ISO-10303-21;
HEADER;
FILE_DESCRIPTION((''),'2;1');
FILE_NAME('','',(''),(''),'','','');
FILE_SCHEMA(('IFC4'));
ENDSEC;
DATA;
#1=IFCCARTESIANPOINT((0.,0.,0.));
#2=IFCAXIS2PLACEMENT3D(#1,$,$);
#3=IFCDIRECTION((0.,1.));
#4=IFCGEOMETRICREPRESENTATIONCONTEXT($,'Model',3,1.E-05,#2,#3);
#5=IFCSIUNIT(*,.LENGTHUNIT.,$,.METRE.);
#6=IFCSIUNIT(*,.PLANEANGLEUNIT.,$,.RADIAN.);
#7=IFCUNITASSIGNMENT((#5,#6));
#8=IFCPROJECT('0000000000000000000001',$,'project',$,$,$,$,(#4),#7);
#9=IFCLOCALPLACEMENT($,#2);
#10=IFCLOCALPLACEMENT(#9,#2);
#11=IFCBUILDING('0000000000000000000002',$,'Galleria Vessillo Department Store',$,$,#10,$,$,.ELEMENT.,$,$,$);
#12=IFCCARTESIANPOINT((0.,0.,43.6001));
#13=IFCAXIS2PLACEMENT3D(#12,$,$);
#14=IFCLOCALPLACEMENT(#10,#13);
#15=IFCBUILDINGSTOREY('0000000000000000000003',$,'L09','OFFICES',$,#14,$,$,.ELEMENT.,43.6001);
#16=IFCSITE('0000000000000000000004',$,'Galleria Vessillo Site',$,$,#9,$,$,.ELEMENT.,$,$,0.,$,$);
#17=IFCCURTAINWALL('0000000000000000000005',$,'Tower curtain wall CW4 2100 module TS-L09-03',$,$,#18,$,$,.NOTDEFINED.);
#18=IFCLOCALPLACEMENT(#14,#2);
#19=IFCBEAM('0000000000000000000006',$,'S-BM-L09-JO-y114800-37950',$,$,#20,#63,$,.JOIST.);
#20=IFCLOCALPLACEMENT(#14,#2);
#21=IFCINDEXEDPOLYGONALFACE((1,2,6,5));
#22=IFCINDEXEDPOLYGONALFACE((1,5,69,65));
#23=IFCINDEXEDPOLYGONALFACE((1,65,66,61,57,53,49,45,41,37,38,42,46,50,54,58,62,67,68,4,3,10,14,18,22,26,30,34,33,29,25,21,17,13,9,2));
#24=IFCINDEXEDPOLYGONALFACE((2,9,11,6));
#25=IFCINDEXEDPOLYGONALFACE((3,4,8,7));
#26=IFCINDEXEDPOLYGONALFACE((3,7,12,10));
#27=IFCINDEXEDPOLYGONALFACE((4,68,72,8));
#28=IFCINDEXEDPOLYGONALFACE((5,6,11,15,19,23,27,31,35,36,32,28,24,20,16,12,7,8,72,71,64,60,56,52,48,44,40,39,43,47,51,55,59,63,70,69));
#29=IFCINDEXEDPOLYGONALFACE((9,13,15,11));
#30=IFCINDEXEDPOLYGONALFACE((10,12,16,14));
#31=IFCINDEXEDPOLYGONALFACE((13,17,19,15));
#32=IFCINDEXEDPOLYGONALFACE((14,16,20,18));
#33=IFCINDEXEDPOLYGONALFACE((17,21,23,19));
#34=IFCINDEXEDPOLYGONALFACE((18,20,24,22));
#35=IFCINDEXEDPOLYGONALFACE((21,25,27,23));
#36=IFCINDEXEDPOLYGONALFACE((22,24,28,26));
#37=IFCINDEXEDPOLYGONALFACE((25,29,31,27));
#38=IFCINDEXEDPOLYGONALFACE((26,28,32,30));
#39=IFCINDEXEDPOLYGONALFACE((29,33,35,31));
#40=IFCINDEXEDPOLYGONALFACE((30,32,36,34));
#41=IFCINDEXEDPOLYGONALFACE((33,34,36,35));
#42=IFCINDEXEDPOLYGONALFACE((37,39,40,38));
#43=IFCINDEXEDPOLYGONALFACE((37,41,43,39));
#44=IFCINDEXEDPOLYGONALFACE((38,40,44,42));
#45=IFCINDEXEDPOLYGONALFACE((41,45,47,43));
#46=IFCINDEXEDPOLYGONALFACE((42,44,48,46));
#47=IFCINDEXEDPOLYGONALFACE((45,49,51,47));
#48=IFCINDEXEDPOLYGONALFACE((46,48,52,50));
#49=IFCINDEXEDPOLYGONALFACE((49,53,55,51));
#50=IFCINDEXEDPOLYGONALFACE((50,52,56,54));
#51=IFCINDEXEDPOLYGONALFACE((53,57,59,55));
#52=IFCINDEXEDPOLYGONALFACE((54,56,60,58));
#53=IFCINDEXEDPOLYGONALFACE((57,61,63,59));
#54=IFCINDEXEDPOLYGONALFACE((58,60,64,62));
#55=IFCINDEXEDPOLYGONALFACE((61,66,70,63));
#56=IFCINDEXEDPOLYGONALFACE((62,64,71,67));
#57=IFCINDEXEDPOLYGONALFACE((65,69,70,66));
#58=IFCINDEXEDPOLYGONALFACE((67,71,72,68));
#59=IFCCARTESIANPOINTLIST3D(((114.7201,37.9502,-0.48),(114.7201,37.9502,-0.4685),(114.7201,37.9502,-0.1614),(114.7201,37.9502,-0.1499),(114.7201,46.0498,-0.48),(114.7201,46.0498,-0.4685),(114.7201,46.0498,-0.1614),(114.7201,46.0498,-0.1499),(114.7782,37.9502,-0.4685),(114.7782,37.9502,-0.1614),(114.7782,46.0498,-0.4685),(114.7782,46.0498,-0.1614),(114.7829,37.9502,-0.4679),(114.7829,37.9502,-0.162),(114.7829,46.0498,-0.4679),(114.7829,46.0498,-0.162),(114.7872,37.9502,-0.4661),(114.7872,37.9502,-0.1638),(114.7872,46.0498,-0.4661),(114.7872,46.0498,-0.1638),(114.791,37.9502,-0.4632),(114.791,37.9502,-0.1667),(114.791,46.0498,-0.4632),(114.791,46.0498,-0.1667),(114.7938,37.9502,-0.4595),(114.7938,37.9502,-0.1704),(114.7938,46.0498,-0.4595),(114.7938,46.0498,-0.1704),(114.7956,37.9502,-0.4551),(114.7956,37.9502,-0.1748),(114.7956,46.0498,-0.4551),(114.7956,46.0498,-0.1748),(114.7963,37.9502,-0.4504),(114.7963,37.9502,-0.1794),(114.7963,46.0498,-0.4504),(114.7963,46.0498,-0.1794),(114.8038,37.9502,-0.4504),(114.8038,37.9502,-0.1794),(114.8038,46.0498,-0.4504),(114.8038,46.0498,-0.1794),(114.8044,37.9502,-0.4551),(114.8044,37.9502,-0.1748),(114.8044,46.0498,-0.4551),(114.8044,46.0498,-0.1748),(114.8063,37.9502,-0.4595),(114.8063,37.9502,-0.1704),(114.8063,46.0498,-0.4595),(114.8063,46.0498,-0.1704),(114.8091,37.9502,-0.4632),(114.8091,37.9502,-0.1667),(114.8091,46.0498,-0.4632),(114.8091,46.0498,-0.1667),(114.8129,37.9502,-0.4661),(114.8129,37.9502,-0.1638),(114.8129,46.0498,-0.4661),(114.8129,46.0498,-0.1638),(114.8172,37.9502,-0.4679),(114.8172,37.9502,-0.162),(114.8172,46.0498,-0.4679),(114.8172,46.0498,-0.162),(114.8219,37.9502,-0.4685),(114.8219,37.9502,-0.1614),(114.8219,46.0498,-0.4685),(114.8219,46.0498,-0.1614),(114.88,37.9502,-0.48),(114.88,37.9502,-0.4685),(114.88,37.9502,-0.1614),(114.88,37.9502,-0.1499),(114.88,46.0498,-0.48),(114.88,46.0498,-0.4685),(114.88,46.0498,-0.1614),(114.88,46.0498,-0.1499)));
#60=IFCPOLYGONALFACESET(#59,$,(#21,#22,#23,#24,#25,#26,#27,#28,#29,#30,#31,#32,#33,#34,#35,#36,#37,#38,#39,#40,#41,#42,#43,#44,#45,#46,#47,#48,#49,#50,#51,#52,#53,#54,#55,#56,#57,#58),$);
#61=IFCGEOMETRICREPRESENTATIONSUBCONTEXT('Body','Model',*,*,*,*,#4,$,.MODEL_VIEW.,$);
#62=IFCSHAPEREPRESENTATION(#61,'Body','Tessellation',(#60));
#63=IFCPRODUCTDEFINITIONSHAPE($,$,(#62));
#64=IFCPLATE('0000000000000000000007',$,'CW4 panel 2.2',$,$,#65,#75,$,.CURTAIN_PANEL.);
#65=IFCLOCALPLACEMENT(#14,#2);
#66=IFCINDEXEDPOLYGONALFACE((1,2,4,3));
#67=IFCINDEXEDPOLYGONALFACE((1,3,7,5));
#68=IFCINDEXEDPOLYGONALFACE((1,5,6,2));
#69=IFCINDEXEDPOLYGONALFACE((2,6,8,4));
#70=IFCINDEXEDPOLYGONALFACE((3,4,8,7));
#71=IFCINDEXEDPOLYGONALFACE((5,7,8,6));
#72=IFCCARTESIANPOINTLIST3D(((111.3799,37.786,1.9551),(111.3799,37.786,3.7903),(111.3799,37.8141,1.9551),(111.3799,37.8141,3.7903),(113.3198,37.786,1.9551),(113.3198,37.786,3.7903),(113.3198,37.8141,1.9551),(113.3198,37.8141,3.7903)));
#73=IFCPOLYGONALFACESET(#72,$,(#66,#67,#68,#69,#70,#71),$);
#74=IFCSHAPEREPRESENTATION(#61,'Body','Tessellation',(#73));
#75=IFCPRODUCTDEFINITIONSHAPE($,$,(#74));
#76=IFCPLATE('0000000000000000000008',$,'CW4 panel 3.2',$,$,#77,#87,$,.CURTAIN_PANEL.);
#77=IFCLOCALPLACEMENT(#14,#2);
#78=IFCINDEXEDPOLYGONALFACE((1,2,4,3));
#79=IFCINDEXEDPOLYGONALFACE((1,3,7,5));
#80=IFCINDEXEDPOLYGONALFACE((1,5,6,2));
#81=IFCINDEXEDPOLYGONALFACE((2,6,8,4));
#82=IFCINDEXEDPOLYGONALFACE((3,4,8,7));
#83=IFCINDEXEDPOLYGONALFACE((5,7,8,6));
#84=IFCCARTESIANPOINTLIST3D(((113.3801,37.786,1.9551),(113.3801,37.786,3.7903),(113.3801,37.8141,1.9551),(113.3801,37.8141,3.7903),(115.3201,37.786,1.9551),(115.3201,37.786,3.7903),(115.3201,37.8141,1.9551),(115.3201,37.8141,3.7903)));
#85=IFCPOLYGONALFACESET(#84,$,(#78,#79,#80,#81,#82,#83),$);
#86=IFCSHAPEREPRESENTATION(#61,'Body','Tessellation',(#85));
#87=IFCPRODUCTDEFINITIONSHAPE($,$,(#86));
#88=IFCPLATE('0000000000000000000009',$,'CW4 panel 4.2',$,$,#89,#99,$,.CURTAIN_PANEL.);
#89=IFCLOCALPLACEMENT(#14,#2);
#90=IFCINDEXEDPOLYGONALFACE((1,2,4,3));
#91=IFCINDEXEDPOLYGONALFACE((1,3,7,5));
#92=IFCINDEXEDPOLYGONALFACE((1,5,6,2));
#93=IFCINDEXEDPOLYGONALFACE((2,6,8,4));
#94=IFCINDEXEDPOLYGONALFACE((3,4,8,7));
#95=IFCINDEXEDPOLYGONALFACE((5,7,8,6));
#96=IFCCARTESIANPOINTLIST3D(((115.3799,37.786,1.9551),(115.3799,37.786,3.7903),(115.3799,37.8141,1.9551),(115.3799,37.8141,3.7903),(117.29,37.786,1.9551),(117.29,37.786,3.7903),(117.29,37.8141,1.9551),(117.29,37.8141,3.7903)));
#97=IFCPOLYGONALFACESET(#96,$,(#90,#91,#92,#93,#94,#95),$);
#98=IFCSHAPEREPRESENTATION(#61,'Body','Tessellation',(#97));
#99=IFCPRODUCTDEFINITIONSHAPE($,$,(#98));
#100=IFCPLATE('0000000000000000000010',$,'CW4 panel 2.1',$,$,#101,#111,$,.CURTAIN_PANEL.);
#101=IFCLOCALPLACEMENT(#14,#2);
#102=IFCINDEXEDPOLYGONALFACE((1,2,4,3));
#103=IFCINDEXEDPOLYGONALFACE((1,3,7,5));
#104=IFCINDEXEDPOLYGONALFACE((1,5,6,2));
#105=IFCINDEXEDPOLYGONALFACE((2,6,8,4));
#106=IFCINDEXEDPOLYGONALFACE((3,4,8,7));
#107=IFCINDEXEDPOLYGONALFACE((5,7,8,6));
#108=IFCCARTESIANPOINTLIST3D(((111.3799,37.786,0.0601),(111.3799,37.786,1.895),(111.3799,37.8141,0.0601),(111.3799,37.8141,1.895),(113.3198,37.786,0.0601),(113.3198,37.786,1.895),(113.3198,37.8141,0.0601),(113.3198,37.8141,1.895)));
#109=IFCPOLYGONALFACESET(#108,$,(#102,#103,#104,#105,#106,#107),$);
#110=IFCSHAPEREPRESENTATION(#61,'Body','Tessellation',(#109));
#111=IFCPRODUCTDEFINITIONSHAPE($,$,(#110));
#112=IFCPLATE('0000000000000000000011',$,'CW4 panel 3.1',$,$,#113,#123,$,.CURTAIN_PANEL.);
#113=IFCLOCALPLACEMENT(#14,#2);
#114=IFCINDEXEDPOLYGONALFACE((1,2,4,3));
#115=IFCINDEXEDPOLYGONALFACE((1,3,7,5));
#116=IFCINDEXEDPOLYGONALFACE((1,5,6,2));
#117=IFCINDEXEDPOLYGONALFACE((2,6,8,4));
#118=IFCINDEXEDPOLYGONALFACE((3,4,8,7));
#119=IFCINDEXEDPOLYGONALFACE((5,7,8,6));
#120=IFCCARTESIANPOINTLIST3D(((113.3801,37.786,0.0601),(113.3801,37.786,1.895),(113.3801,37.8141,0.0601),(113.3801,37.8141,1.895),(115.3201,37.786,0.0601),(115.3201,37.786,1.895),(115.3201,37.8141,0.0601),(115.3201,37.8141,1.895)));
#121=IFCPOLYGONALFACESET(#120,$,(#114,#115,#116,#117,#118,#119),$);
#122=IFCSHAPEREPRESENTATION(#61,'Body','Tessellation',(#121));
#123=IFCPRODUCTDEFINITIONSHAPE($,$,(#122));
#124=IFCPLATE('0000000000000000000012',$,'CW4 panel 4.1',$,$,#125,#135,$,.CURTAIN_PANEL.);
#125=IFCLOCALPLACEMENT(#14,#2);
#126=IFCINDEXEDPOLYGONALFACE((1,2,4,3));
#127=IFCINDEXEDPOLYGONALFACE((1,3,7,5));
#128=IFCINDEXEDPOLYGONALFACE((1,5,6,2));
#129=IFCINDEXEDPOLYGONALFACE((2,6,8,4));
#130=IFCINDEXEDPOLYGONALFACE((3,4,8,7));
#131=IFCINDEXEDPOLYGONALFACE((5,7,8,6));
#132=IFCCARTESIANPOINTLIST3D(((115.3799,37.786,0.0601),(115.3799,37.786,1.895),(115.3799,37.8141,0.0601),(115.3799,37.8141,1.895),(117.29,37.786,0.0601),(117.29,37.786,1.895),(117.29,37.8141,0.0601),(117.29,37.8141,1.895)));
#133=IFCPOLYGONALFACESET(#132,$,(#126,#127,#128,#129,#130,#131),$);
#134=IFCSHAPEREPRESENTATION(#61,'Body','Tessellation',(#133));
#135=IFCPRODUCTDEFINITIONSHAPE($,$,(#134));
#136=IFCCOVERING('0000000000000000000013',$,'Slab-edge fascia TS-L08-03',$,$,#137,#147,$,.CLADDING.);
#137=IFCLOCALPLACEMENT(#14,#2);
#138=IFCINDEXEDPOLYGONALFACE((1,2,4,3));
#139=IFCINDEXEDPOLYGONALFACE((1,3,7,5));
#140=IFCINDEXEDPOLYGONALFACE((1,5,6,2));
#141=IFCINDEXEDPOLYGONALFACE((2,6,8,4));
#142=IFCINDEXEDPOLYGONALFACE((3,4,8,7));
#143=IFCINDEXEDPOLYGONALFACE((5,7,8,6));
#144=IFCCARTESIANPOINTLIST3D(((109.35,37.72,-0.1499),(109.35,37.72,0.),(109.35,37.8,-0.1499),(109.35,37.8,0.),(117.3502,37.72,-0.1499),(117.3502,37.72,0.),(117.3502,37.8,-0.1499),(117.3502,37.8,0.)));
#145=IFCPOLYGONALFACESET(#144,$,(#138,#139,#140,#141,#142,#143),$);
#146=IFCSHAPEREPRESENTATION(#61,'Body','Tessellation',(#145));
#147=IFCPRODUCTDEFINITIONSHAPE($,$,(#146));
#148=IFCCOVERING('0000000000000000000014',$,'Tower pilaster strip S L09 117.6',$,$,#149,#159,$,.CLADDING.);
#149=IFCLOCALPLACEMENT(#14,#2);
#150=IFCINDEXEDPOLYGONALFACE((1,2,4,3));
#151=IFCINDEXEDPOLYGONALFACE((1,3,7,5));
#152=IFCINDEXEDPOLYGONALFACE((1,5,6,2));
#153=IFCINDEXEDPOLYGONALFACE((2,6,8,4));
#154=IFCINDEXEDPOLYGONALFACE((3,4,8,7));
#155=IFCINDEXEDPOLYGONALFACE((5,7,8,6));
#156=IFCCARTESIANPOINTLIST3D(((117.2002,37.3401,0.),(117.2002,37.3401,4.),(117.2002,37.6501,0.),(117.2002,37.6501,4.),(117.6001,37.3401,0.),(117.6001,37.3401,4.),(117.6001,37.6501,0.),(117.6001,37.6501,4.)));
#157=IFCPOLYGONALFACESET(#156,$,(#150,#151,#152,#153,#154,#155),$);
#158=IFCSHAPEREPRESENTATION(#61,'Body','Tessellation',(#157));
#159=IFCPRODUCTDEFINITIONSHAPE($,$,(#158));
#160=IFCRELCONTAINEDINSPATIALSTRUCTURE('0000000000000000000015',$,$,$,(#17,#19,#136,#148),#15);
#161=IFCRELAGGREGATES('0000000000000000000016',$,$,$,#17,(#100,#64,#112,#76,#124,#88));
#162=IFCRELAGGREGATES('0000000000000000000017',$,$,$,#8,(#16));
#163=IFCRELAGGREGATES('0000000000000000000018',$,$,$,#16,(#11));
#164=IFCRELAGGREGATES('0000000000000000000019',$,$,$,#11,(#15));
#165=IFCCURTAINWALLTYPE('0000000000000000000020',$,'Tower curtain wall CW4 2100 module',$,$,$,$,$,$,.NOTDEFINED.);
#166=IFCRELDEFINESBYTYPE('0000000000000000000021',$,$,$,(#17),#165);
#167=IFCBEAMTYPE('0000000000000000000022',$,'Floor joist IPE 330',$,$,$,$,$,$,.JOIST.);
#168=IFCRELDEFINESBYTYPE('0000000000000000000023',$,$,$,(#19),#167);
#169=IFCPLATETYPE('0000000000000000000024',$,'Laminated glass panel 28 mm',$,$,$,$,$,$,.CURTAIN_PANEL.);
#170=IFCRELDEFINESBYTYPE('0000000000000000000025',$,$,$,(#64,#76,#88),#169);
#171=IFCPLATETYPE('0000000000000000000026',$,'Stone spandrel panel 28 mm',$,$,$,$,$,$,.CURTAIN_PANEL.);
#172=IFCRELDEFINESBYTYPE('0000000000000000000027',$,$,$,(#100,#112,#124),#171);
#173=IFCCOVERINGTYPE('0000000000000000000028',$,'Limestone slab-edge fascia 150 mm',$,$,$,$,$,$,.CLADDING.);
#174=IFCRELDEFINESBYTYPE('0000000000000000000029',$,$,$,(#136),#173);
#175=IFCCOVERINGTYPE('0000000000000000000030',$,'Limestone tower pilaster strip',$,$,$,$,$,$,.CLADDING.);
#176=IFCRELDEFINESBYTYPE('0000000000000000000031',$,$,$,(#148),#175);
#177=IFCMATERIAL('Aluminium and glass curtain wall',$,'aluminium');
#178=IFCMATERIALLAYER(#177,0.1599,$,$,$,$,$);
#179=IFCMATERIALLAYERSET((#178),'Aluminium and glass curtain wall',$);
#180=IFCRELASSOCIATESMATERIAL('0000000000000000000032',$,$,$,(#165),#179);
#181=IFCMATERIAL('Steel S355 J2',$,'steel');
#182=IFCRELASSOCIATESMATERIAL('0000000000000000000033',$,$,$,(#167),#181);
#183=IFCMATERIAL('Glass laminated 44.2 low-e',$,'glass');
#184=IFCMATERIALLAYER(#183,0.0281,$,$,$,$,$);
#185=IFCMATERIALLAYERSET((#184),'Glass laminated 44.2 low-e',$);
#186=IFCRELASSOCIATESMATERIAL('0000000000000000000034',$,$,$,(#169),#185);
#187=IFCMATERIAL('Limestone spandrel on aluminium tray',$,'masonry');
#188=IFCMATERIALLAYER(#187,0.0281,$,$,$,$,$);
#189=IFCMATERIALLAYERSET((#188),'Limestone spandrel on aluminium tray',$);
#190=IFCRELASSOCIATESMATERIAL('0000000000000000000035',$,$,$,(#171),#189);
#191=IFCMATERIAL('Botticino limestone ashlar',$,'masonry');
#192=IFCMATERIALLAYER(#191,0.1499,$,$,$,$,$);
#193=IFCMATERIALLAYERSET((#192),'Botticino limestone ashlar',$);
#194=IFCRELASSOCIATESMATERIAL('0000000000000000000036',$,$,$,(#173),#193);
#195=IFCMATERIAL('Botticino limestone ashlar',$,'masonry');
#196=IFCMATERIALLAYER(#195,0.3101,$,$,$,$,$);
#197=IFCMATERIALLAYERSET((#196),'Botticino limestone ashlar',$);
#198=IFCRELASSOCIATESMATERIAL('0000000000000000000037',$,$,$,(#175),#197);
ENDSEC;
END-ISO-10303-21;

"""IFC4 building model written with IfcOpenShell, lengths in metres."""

from ifc_helpers import new_model, si_unit, direction, frame, origin, origin_2d, place, context, subcontext, project, spatial, rectangle, i_section, extrude, material, layer, layer_set, material_profile, profile_set, type_object, element, aggregate, save


model = new_model("IFC4")

# Units and contexts
model_context = context("Model", 3, precision=1e-05, world=origin(), true_north=direction((0.0, 1.0)))
body_context = subcontext(model_context, "Body", "Model", "MODEL_VIEW")
ifc_project = project(units=[si_unit("LENGTHUNIT", "METRE"), si_unit("PLANEANGLEUNIT", "RADIAN")], contexts=[model_context])

# Site, building, storey
site_placement = place(None, origin())
site = spatial("IfcSite", under=ifc_project, at=site_placement, Name="Galleria Vessillo Site", CompositionType="ELEMENT", RefElevation=0.0)
building_placement = place(site_placement, origin())
building = spatial("IfcBuilding", under=site, at=building_placement, Name="Galleria Vessillo Department Store", CompositionType="ELEMENT")
storey_placement = place(building_placement, frame((0.0, 0.0, 43.6001)))
storey = spatial("IfcBuildingStorey", under=building, at=storey_placement, Name="L09", Description="OFFICES", CompositionType="ELEMENT", Elevation=43.6001)

# Curtain wall
ifc_material_1 = material(Name="Aluminium and glass curtain wall", Category="aluminium")
ifc_layer_1 = layer(ifc_material_1, 0.1599)
ifc_layer_set_1 = layer_set([ifc_layer_1], Name="Aluminium and glass curtain wall")
curtain_wall_type = type_object("IfcCurtainWallType", Name="Tower curtain wall CW4 2100 module", PredefinedType="NOTDEFINED", material=ifc_layer_set_1)
curtain_wall_placement = place(storey_placement, origin())
curtain_wall = element("IfcCurtainWall", 1, at=curtain_wall_placement, inside=storey, type_object=curtain_wall_type, Name="Tower curtain wall CW4 2100 module TS-L09-03", PredefinedType="NOTDEFINED")

# Beam
ifc_material_2 = material(Name="Steel S355 J2", Category="steel")
ifc_material_profile_1 = material_profile(ifc_material_2, i_section(OverallWidth=0.1599, OverallDepth=0.3301, WebThickness=0.0076, FlangeThickness=0.0115, FilletRadius=0.0181, at=origin_2d()), Name="IPE 330")
ifc_profile_set_1 = profile_set([ifc_material_profile_1], Name="Steel S355 J2")
beam_type = type_object("IfcBeamType", Name="Floor joist IPE 330", PredefinedType="JOIST", material=ifc_profile_set_1)
for number, where, z_axis, x_axis, name in (
    (2, (114.8, 37.9502, -0.3149), (0.0, 1.0, 0.0), (-1.0, 0.0, 0.0), "S-BM-L09-JO-y114800-37950"),
):
    element("IfcBeam", number, at=place(storey_placement, frame(where, z_axis=z_axis, x_axis=x_axis)), inside=storey, type_object=beam_type, Name=name, PredefinedType="JOIST", context=body_context, shape_type="SweptSolid", body=[
        extrude(i_section(OverallWidth=0.1599, OverallDepth=0.3301, WebThickness=0.0076, FlangeThickness=0.0115, FilletRadius=0.0181, at=origin_2d()), origin(), (0.0, 0.0, 1.0), 8.0996),
    ])

# Plates
ifc_material_3 = material(Name="Glass laminated 44.2 low-e", Category="glass")
ifc_layer_2 = layer(ifc_material_3, 0.0281)
ifc_layer_set_2 = layer_set([ifc_layer_2], Name="Glass laminated 44.2 low-e")
plate_type_1 = type_object("IfcPlateType", Name="Laminated glass panel 28 mm", PredefinedType="CURTAIN_PANEL", material=ifc_layer_set_2)
plate_1_placement = place(storey_placement, frame((112.3499, 37.8, 1.9551), z_axis=(0.0, 0.0, 1.0), x_axis=(1.0, 0.0, 0.0)))
plate_1 = element("IfcPlate", 3, at=plate_1_placement, type_object=plate_type_1, Name="CW4 panel 2.2", PredefinedType="CURTAIN_PANEL", context=body_context, shape_type="SweptSolid", body=[
    extrude(rectangle(XDim=1.9399, YDim=0.0281, at=origin_2d()), origin(), (0.0, 0.0, 1.0), 1.8352),
])
plate_2_placement = place(storey_placement, frame((114.3501, 37.8, 1.9551), z_axis=(0.0, 0.0, 1.0), x_axis=(1.0, 0.0, 0.0)))
plate_2 = element("IfcPlate", 4, at=plate_2_placement, type_object=plate_type_1, Name="CW4 panel 3.2", PredefinedType="CURTAIN_PANEL", context=body_context, shape_type="SweptSolid", body=[
    extrude(rectangle(XDim=1.9399, YDim=0.0281, at=origin_2d()), origin(), (0.0, 0.0, 1.0), 1.8352),
])
plate_3_placement = place(storey_placement, frame((116.335, 37.8, 1.9551), z_axis=(0.0, 0.0, 1.0), x_axis=(1.0, 0.0, 0.0)))
plate_3 = element("IfcPlate", 5, at=plate_3_placement, type_object=plate_type_1, Name="CW4 panel 4.2", PredefinedType="CURTAIN_PANEL", context=body_context, shape_type="SweptSolid", body=[
    extrude(rectangle(XDim=1.9102, YDim=0.0281, at=origin_2d()), origin(), (0.0, 0.0, 1.0), 1.8352),
])
ifc_material_4 = material(Name="Limestone spandrel on aluminium tray", Category="masonry")
ifc_layer_3 = layer(ifc_material_4, 0.0281)
ifc_layer_set_3 = layer_set([ifc_layer_3], Name="Limestone spandrel on aluminium tray")
plate_type_2 = type_object("IfcPlateType", Name="Stone spandrel panel 28 mm", PredefinedType="CURTAIN_PANEL", material=ifc_layer_set_3)
plate_4_placement = place(storey_placement, frame((112.3499, 37.8, 0.0601), z_axis=(0.0, 0.0, 1.0), x_axis=(1.0, 0.0, 0.0)))
plate_4 = element("IfcPlate", 6, at=plate_4_placement, type_object=plate_type_2, Name="CW4 panel 2.1", PredefinedType="CURTAIN_PANEL", context=body_context, shape_type="SweptSolid", body=[
    extrude(rectangle(XDim=1.9399, YDim=0.0281, at=origin_2d()), origin(), (0.0, 0.0, 1.0), 1.835),
])
plate_5_placement = place(storey_placement, frame((114.3501, 37.8, 0.0601), z_axis=(0.0, 0.0, 1.0), x_axis=(1.0, 0.0, 0.0)))
plate_5 = element("IfcPlate", 7, at=plate_5_placement, type_object=plate_type_2, Name="CW4 panel 3.1", PredefinedType="CURTAIN_PANEL", context=body_context, shape_type="SweptSolid", body=[
    extrude(rectangle(XDim=1.9399, YDim=0.0281, at=origin_2d()), origin(), (0.0, 0.0, 1.0), 1.835),
])
plate_6_placement = place(storey_placement, frame((116.335, 37.8, 0.0601), z_axis=(0.0, 0.0, 1.0), x_axis=(1.0, 0.0, 0.0)))
plate_6 = element("IfcPlate", 8, at=plate_6_placement, type_object=plate_type_2, Name="CW4 panel 4.1", PredefinedType="CURTAIN_PANEL", context=body_context, shape_type="SweptSolid", body=[
    extrude(rectangle(XDim=1.9102, YDim=0.0281, at=origin_2d()), origin(), (0.0, 0.0, 1.0), 1.835),
])
aggregate(curtain_wall, [plate_4, plate_1, plate_5, plate_2, plate_6, plate_3])

# Coverings
ifc_material_5 = material(Name="Botticino limestone ashlar", Category="masonry")
ifc_layer_4 = layer(ifc_material_5, 0.1499)
ifc_layer_set_4 = layer_set([ifc_layer_4], Name="Botticino limestone ashlar")
covering_type_1 = type_object("IfcCoveringType", Name="Limestone slab-edge fascia 150 mm", PredefinedType="CLADDING", material=ifc_layer_set_4)
covering_1_placement = place(storey_placement, frame((113.3501, 37.76, -0.1499), z_axis=(0.0, 0.0, 1.0), x_axis=(1.0, 0.0, 0.0)))
element("IfcCovering", 9, at=covering_1_placement, inside=storey, type_object=covering_type_1, Name="Slab-edge fascia TS-L08-03", PredefinedType="CLADDING", context=body_context, shape_type="SweptSolid", body=[
    extrude(rectangle(XDim=8.0002, YDim=0.0801, at=origin_2d()), origin(), (0.0, 0.0, 1.0), 0.1499),
])
ifc_material_6 = material(Name="Botticino limestone ashlar", Category="masonry")
ifc_layer_5 = layer(ifc_material_6, 0.3101)
ifc_layer_set_5 = layer_set([ifc_layer_5], Name="Botticino limestone ashlar")
covering_type_2 = type_object("IfcCoveringType", Name="Limestone tower pilaster strip", PredefinedType="CLADDING", material=ifc_layer_set_5)
covering_2_placement = place(storey_placement, frame((117.4001, 37.4951, 0.0), z_axis=(0.0, 0.0, 1.0), x_axis=(1.0, 0.0, 0.0)))
element("IfcCovering", 10, at=covering_2_placement, inside=storey, type_object=covering_type_2, Name="Tower pilaster strip S L09 117.6", PredefinedType="CLADDING", context=body_context, shape_type="SweptSolid", body=[
    extrude(rectangle(XDim=0.3999, YDim=0.3101, at=origin_2d()), origin(), (0.0, 0.0, 1.0), 4.0),
])

save(model, "model.ifc")
